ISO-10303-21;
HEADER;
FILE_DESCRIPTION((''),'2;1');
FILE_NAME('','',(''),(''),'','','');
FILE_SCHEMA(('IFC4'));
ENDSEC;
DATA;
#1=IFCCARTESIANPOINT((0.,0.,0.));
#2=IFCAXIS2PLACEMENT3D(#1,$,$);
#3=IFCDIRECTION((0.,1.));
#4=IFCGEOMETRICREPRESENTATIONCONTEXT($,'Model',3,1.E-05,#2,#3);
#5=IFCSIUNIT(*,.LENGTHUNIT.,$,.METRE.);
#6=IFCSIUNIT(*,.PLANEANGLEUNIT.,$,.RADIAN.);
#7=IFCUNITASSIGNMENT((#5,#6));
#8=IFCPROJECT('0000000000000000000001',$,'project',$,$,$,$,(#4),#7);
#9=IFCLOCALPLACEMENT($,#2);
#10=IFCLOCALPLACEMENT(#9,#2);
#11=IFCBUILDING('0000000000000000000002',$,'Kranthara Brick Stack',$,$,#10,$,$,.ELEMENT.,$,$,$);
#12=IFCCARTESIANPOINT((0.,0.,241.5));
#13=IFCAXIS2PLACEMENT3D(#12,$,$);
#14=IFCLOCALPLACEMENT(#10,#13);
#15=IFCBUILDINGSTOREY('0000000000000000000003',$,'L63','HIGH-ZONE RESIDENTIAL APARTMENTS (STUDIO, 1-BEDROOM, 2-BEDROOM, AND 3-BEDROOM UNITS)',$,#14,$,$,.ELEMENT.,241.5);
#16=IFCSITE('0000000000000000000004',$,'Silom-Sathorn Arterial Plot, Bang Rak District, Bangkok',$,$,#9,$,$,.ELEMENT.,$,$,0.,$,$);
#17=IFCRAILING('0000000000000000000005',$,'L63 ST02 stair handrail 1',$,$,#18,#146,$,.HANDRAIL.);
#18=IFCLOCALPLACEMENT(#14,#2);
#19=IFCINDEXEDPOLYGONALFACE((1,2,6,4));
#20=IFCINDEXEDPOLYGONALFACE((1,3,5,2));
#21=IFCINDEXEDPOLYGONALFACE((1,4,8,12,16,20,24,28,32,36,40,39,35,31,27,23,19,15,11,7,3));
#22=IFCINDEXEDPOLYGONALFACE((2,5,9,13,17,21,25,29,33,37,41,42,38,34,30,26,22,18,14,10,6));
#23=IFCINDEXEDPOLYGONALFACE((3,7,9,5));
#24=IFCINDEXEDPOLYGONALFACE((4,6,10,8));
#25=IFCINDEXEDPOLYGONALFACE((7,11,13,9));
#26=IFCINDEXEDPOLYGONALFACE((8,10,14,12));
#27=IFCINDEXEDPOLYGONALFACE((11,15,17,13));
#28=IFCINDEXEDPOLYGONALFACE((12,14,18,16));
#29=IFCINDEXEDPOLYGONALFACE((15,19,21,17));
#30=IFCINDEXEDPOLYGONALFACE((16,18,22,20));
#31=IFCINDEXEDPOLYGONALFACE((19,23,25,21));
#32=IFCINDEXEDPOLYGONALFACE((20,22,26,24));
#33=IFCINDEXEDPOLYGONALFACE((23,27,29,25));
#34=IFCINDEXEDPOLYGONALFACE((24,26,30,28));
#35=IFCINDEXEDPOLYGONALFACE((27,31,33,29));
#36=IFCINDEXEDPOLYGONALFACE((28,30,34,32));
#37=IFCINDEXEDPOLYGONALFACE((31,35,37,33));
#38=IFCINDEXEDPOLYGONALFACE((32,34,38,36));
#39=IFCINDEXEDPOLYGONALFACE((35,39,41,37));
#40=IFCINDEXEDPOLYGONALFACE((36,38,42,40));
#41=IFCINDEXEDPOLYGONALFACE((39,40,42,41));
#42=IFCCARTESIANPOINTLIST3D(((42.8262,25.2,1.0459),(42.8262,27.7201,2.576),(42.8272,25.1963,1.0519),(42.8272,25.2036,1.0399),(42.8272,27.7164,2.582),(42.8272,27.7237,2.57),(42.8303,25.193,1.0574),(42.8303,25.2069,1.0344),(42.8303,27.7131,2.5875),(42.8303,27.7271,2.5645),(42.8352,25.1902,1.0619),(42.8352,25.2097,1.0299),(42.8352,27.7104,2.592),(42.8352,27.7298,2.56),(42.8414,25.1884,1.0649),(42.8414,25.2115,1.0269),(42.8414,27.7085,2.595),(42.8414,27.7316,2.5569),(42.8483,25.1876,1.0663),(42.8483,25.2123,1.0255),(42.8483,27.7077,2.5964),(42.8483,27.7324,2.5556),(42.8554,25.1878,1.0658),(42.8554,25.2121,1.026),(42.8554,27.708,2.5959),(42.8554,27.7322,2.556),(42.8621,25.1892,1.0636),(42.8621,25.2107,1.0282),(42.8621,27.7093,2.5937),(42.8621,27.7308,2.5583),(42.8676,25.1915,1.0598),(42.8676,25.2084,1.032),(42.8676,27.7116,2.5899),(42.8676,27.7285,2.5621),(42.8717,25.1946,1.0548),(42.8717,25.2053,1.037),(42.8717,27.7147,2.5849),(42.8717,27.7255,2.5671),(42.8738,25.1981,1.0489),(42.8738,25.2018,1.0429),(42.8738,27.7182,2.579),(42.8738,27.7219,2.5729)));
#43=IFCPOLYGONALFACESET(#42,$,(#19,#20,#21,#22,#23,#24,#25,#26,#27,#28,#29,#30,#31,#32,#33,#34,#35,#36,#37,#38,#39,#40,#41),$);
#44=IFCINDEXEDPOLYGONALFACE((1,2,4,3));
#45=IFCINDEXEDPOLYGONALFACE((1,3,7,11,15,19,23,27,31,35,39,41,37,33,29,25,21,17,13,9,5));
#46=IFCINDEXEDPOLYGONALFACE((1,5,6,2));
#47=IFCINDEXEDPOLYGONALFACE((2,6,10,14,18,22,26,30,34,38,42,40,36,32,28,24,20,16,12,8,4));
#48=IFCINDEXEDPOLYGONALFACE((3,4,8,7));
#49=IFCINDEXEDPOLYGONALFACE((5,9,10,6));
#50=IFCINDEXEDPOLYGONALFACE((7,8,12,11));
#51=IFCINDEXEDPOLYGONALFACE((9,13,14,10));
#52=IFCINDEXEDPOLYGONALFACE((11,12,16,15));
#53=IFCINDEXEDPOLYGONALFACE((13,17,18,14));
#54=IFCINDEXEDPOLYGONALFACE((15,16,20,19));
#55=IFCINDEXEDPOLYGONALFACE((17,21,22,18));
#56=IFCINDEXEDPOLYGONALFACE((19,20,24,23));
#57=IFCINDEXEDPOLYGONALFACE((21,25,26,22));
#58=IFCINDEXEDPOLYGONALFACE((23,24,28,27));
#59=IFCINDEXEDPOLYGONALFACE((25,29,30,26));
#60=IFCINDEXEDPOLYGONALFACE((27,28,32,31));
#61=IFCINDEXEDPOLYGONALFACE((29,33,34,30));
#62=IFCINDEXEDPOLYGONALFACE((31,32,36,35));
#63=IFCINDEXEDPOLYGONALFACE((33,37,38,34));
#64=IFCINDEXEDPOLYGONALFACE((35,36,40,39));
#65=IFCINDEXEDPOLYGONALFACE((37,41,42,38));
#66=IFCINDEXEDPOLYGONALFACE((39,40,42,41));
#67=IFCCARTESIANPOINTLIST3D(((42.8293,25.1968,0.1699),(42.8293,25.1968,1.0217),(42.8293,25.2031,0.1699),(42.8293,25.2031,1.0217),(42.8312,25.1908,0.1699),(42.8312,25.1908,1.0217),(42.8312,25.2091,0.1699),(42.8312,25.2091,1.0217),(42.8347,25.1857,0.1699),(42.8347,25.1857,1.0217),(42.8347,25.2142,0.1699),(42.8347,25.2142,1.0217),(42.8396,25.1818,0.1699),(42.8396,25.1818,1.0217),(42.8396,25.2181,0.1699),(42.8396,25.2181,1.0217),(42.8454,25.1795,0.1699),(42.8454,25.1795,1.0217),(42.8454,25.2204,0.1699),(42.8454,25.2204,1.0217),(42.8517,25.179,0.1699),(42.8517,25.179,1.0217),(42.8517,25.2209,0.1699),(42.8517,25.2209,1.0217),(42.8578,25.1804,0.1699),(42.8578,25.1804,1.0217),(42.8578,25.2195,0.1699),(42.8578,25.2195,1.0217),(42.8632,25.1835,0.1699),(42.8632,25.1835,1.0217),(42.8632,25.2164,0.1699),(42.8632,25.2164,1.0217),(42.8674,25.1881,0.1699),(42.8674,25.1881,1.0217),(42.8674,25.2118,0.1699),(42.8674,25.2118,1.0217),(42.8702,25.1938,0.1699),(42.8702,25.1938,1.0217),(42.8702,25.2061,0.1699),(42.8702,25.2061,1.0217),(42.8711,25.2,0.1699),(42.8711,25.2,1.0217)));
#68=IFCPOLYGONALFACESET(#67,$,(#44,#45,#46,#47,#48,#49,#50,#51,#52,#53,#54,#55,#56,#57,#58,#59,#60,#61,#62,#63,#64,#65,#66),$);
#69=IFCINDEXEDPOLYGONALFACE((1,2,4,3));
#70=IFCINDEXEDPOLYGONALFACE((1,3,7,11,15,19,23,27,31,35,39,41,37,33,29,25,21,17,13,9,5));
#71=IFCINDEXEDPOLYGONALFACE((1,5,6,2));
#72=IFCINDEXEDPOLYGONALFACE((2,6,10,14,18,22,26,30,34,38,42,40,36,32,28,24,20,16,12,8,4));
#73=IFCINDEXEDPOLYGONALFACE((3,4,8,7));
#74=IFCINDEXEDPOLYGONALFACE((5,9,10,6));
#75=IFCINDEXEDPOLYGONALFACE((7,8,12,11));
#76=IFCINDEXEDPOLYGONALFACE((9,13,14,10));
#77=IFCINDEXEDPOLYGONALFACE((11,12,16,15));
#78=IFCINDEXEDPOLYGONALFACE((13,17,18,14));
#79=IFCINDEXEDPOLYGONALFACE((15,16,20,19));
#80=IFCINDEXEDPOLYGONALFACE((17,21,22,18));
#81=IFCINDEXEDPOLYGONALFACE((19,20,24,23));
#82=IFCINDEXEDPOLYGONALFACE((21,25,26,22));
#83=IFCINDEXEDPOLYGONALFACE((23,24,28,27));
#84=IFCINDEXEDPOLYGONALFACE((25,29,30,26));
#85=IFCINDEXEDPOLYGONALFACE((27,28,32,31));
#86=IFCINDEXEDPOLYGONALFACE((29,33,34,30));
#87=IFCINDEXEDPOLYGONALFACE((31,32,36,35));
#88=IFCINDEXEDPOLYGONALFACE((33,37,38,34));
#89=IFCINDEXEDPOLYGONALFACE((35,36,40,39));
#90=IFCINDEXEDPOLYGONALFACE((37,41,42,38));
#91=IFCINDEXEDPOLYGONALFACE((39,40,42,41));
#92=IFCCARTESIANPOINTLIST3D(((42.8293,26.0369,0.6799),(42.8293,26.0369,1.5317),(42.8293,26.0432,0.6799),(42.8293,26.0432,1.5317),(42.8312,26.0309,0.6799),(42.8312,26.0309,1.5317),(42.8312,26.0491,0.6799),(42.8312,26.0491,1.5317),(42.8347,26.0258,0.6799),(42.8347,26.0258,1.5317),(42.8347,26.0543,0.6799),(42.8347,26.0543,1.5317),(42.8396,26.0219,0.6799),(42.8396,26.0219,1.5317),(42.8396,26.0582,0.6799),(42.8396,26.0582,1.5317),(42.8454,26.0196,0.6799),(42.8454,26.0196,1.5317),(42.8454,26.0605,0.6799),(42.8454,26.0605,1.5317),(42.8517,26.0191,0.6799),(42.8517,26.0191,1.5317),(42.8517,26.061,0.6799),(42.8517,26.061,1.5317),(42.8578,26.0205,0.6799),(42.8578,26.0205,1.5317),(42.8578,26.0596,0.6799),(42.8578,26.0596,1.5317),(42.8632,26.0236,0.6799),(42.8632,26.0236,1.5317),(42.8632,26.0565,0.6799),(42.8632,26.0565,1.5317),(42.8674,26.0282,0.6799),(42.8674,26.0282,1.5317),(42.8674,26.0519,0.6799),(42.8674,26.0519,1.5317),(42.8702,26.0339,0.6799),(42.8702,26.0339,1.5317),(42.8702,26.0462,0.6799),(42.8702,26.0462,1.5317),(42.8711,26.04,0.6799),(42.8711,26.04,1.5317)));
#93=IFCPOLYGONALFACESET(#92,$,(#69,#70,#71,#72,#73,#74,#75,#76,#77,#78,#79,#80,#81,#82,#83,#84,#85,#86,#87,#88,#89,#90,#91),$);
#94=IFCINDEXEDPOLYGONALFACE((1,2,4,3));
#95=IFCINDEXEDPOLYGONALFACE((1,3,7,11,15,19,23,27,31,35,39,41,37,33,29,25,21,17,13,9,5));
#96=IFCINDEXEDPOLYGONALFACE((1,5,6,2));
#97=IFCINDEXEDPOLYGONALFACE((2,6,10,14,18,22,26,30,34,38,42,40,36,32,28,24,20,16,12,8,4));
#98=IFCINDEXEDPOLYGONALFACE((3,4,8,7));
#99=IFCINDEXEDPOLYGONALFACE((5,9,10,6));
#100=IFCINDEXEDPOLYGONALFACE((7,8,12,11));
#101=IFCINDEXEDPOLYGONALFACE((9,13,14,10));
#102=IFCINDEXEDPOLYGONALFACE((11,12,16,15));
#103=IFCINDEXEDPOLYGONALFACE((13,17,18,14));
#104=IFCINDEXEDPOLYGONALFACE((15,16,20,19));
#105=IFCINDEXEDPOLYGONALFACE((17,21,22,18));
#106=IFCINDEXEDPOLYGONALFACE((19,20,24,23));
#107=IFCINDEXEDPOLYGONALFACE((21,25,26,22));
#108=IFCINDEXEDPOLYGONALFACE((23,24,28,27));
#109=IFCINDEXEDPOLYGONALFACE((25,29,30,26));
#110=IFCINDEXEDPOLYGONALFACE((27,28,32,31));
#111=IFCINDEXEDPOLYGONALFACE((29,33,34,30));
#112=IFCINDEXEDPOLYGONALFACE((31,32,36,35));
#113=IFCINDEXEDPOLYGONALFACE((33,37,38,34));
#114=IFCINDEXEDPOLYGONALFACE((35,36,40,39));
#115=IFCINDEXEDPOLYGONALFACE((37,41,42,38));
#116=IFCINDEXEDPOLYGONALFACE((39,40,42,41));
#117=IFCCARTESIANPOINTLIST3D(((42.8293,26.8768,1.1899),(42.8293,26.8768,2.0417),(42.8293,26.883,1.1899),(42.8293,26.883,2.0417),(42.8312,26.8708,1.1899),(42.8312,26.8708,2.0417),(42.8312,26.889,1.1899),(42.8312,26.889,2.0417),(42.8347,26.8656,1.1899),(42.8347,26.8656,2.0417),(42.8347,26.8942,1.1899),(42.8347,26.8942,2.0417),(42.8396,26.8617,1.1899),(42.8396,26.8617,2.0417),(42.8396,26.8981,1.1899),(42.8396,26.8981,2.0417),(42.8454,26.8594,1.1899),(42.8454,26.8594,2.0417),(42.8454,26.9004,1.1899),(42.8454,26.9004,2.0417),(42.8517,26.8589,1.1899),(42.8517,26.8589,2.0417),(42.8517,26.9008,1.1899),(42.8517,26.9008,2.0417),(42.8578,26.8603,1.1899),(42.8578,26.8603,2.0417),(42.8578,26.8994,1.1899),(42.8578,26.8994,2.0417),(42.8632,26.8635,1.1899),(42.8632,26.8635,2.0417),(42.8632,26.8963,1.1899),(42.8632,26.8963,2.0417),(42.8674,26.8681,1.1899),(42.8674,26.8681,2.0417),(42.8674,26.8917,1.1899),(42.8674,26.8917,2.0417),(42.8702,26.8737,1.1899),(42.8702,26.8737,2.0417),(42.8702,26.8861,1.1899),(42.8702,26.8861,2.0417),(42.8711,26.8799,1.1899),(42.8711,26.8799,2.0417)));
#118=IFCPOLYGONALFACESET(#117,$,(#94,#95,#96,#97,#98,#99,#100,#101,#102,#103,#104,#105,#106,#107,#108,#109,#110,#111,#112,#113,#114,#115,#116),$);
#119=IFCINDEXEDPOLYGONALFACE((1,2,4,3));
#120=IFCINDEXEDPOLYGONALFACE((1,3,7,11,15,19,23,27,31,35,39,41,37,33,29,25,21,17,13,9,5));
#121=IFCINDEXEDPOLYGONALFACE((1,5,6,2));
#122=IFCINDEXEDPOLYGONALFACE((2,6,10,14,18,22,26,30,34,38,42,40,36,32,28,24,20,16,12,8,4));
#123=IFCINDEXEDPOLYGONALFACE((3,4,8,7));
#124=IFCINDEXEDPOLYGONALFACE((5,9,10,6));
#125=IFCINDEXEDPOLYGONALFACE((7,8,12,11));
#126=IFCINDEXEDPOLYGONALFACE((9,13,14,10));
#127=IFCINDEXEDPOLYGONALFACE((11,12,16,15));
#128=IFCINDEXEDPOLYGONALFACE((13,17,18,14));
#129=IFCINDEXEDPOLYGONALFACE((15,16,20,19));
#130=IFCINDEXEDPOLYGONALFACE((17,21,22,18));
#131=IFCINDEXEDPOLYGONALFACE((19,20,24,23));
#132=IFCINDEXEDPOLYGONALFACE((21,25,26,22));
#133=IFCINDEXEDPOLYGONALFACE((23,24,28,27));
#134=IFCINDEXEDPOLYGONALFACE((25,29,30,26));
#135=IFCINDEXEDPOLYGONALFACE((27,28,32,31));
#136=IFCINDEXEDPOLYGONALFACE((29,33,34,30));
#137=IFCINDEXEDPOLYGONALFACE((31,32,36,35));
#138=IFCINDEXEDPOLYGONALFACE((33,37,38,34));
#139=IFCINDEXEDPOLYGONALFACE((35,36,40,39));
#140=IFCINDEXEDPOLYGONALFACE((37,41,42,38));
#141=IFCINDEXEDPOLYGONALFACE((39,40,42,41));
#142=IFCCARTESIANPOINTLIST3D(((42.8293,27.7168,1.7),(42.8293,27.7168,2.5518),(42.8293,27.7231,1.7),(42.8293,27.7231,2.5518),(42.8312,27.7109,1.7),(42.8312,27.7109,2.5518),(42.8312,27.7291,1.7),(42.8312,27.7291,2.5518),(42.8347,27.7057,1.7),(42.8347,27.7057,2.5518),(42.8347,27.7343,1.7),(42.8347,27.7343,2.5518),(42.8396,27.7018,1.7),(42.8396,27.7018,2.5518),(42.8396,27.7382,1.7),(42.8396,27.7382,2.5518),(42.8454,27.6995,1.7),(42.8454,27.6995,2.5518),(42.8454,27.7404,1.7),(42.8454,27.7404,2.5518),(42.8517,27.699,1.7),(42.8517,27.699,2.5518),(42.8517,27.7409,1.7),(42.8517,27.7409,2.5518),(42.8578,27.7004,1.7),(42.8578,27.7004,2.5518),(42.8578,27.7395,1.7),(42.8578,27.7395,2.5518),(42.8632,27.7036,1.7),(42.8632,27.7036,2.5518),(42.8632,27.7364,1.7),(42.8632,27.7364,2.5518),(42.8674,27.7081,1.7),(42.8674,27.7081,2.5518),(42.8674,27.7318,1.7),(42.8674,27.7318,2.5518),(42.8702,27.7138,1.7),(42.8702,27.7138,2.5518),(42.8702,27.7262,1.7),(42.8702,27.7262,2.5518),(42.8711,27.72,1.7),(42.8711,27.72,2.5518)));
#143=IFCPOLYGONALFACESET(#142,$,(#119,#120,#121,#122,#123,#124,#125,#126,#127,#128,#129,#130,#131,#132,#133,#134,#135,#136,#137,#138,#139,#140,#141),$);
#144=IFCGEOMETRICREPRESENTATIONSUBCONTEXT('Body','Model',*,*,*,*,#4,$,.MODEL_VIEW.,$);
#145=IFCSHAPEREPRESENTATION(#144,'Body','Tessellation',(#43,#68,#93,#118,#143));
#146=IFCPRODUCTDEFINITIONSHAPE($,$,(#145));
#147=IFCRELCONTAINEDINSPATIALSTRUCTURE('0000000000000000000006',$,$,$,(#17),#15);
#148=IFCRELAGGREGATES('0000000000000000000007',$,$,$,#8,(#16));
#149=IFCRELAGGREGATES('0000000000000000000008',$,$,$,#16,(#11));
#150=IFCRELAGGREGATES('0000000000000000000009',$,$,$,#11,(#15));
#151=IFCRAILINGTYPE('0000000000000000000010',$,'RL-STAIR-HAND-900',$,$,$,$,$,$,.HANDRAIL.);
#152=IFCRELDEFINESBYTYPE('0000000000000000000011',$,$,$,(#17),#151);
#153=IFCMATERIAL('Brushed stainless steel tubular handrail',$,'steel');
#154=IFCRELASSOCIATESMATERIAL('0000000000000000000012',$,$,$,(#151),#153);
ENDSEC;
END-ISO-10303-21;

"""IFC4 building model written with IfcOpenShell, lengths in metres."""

from ifc_helpers import new_model, si_unit, direction, frame, origin, origin_2d, place, context, subcontext, project, spatial, circle, extrude, material, type_object, element, save


model = new_model("IFC4")

# Units and contexts
model_context = context("Model", 3, precision=1e-05, world=origin(), true_north=direction((0.0, 1.0)))
body_context = subcontext(model_context, "Body", "Model", "MODEL_VIEW")
ifc_project = project(units=[si_unit("LENGTHUNIT", "METRE"), si_unit("PLANEANGLEUNIT", "RADIAN")], contexts=[model_context])

# Site, building, storey
site_placement = place(None, origin())
site = spatial("IfcSite", under=ifc_project, at=site_placement, Name="Silom-Sathorn Arterial Plot, Bang Rak District, Bangkok", CompositionType="ELEMENT", RefElevation=0.0)
building_placement = place(site_placement, origin())
building = spatial("IfcBuilding", under=site, at=building_placement, Name="Kranthara Brick Stack", CompositionType="ELEMENT")
storey_placement = place(building_placement, frame((0.0, 0.0, 241.5)))
storey = spatial("IfcBuildingStorey", under=building, at=storey_placement, Name="L63", Description="HIGH-ZONE RESIDENTIAL APARTMENTS (STUDIO, 1-BEDROOM, 2-BEDROOM, AND 3-BEDROOM UNITS)", CompositionType="ELEMENT", Elevation=241.5)

# Railing
ifc_material_1 = material(Name="Brushed stainless steel tubular handrail", Category="steel")
railing_type_1 = type_object("IfcRailingType", Name="RL-STAIR-HAND-900", PredefinedType="HANDRAIL", material=ifc_material_1)
railing_1_placement = place(storey_placement, frame((42.8501, 25.2, 0.1699)))
element("IfcRailing", 1, at=railing_1_placement, inside=storey, type_object=railing_type_1, Name="L63 ST02 stair handrail 1", PredefinedType="HANDRAIL", context=body_context, shape_type="SweptSolid", body=[
    extrude(circle(Radius=0.0239, at=origin_2d()), frame((0.0, 0.0, 0.876), z_axis=(0.0, 0.854785, 0.518982), x_axis=(-1.0, 0.0, 0.0)), (0.0, 0.0, 1.0), 2.9482),
    extrude(circle(Radius=0.021, at=origin_2d()), origin(), (0.0, 0.0, 1.0), 0.8518),
    extrude(circle(Radius=0.021, at=origin_2d()), frame((0.0, 0.8401, 0.51)), (0.0, 0.0, 1.0), 0.8518),
    extrude(circle(Radius=0.021, at=origin_2d()), frame((0.0, 1.6799, 1.02)), (0.0, 0.0, 1.0), 0.8518),
    extrude(circle(Radius=0.021, at=origin_2d()), frame((0.0, 2.52, 1.53)), (0.0, 0.0, 1.0), 0.8518),
])

save(model, "model.ifc")
